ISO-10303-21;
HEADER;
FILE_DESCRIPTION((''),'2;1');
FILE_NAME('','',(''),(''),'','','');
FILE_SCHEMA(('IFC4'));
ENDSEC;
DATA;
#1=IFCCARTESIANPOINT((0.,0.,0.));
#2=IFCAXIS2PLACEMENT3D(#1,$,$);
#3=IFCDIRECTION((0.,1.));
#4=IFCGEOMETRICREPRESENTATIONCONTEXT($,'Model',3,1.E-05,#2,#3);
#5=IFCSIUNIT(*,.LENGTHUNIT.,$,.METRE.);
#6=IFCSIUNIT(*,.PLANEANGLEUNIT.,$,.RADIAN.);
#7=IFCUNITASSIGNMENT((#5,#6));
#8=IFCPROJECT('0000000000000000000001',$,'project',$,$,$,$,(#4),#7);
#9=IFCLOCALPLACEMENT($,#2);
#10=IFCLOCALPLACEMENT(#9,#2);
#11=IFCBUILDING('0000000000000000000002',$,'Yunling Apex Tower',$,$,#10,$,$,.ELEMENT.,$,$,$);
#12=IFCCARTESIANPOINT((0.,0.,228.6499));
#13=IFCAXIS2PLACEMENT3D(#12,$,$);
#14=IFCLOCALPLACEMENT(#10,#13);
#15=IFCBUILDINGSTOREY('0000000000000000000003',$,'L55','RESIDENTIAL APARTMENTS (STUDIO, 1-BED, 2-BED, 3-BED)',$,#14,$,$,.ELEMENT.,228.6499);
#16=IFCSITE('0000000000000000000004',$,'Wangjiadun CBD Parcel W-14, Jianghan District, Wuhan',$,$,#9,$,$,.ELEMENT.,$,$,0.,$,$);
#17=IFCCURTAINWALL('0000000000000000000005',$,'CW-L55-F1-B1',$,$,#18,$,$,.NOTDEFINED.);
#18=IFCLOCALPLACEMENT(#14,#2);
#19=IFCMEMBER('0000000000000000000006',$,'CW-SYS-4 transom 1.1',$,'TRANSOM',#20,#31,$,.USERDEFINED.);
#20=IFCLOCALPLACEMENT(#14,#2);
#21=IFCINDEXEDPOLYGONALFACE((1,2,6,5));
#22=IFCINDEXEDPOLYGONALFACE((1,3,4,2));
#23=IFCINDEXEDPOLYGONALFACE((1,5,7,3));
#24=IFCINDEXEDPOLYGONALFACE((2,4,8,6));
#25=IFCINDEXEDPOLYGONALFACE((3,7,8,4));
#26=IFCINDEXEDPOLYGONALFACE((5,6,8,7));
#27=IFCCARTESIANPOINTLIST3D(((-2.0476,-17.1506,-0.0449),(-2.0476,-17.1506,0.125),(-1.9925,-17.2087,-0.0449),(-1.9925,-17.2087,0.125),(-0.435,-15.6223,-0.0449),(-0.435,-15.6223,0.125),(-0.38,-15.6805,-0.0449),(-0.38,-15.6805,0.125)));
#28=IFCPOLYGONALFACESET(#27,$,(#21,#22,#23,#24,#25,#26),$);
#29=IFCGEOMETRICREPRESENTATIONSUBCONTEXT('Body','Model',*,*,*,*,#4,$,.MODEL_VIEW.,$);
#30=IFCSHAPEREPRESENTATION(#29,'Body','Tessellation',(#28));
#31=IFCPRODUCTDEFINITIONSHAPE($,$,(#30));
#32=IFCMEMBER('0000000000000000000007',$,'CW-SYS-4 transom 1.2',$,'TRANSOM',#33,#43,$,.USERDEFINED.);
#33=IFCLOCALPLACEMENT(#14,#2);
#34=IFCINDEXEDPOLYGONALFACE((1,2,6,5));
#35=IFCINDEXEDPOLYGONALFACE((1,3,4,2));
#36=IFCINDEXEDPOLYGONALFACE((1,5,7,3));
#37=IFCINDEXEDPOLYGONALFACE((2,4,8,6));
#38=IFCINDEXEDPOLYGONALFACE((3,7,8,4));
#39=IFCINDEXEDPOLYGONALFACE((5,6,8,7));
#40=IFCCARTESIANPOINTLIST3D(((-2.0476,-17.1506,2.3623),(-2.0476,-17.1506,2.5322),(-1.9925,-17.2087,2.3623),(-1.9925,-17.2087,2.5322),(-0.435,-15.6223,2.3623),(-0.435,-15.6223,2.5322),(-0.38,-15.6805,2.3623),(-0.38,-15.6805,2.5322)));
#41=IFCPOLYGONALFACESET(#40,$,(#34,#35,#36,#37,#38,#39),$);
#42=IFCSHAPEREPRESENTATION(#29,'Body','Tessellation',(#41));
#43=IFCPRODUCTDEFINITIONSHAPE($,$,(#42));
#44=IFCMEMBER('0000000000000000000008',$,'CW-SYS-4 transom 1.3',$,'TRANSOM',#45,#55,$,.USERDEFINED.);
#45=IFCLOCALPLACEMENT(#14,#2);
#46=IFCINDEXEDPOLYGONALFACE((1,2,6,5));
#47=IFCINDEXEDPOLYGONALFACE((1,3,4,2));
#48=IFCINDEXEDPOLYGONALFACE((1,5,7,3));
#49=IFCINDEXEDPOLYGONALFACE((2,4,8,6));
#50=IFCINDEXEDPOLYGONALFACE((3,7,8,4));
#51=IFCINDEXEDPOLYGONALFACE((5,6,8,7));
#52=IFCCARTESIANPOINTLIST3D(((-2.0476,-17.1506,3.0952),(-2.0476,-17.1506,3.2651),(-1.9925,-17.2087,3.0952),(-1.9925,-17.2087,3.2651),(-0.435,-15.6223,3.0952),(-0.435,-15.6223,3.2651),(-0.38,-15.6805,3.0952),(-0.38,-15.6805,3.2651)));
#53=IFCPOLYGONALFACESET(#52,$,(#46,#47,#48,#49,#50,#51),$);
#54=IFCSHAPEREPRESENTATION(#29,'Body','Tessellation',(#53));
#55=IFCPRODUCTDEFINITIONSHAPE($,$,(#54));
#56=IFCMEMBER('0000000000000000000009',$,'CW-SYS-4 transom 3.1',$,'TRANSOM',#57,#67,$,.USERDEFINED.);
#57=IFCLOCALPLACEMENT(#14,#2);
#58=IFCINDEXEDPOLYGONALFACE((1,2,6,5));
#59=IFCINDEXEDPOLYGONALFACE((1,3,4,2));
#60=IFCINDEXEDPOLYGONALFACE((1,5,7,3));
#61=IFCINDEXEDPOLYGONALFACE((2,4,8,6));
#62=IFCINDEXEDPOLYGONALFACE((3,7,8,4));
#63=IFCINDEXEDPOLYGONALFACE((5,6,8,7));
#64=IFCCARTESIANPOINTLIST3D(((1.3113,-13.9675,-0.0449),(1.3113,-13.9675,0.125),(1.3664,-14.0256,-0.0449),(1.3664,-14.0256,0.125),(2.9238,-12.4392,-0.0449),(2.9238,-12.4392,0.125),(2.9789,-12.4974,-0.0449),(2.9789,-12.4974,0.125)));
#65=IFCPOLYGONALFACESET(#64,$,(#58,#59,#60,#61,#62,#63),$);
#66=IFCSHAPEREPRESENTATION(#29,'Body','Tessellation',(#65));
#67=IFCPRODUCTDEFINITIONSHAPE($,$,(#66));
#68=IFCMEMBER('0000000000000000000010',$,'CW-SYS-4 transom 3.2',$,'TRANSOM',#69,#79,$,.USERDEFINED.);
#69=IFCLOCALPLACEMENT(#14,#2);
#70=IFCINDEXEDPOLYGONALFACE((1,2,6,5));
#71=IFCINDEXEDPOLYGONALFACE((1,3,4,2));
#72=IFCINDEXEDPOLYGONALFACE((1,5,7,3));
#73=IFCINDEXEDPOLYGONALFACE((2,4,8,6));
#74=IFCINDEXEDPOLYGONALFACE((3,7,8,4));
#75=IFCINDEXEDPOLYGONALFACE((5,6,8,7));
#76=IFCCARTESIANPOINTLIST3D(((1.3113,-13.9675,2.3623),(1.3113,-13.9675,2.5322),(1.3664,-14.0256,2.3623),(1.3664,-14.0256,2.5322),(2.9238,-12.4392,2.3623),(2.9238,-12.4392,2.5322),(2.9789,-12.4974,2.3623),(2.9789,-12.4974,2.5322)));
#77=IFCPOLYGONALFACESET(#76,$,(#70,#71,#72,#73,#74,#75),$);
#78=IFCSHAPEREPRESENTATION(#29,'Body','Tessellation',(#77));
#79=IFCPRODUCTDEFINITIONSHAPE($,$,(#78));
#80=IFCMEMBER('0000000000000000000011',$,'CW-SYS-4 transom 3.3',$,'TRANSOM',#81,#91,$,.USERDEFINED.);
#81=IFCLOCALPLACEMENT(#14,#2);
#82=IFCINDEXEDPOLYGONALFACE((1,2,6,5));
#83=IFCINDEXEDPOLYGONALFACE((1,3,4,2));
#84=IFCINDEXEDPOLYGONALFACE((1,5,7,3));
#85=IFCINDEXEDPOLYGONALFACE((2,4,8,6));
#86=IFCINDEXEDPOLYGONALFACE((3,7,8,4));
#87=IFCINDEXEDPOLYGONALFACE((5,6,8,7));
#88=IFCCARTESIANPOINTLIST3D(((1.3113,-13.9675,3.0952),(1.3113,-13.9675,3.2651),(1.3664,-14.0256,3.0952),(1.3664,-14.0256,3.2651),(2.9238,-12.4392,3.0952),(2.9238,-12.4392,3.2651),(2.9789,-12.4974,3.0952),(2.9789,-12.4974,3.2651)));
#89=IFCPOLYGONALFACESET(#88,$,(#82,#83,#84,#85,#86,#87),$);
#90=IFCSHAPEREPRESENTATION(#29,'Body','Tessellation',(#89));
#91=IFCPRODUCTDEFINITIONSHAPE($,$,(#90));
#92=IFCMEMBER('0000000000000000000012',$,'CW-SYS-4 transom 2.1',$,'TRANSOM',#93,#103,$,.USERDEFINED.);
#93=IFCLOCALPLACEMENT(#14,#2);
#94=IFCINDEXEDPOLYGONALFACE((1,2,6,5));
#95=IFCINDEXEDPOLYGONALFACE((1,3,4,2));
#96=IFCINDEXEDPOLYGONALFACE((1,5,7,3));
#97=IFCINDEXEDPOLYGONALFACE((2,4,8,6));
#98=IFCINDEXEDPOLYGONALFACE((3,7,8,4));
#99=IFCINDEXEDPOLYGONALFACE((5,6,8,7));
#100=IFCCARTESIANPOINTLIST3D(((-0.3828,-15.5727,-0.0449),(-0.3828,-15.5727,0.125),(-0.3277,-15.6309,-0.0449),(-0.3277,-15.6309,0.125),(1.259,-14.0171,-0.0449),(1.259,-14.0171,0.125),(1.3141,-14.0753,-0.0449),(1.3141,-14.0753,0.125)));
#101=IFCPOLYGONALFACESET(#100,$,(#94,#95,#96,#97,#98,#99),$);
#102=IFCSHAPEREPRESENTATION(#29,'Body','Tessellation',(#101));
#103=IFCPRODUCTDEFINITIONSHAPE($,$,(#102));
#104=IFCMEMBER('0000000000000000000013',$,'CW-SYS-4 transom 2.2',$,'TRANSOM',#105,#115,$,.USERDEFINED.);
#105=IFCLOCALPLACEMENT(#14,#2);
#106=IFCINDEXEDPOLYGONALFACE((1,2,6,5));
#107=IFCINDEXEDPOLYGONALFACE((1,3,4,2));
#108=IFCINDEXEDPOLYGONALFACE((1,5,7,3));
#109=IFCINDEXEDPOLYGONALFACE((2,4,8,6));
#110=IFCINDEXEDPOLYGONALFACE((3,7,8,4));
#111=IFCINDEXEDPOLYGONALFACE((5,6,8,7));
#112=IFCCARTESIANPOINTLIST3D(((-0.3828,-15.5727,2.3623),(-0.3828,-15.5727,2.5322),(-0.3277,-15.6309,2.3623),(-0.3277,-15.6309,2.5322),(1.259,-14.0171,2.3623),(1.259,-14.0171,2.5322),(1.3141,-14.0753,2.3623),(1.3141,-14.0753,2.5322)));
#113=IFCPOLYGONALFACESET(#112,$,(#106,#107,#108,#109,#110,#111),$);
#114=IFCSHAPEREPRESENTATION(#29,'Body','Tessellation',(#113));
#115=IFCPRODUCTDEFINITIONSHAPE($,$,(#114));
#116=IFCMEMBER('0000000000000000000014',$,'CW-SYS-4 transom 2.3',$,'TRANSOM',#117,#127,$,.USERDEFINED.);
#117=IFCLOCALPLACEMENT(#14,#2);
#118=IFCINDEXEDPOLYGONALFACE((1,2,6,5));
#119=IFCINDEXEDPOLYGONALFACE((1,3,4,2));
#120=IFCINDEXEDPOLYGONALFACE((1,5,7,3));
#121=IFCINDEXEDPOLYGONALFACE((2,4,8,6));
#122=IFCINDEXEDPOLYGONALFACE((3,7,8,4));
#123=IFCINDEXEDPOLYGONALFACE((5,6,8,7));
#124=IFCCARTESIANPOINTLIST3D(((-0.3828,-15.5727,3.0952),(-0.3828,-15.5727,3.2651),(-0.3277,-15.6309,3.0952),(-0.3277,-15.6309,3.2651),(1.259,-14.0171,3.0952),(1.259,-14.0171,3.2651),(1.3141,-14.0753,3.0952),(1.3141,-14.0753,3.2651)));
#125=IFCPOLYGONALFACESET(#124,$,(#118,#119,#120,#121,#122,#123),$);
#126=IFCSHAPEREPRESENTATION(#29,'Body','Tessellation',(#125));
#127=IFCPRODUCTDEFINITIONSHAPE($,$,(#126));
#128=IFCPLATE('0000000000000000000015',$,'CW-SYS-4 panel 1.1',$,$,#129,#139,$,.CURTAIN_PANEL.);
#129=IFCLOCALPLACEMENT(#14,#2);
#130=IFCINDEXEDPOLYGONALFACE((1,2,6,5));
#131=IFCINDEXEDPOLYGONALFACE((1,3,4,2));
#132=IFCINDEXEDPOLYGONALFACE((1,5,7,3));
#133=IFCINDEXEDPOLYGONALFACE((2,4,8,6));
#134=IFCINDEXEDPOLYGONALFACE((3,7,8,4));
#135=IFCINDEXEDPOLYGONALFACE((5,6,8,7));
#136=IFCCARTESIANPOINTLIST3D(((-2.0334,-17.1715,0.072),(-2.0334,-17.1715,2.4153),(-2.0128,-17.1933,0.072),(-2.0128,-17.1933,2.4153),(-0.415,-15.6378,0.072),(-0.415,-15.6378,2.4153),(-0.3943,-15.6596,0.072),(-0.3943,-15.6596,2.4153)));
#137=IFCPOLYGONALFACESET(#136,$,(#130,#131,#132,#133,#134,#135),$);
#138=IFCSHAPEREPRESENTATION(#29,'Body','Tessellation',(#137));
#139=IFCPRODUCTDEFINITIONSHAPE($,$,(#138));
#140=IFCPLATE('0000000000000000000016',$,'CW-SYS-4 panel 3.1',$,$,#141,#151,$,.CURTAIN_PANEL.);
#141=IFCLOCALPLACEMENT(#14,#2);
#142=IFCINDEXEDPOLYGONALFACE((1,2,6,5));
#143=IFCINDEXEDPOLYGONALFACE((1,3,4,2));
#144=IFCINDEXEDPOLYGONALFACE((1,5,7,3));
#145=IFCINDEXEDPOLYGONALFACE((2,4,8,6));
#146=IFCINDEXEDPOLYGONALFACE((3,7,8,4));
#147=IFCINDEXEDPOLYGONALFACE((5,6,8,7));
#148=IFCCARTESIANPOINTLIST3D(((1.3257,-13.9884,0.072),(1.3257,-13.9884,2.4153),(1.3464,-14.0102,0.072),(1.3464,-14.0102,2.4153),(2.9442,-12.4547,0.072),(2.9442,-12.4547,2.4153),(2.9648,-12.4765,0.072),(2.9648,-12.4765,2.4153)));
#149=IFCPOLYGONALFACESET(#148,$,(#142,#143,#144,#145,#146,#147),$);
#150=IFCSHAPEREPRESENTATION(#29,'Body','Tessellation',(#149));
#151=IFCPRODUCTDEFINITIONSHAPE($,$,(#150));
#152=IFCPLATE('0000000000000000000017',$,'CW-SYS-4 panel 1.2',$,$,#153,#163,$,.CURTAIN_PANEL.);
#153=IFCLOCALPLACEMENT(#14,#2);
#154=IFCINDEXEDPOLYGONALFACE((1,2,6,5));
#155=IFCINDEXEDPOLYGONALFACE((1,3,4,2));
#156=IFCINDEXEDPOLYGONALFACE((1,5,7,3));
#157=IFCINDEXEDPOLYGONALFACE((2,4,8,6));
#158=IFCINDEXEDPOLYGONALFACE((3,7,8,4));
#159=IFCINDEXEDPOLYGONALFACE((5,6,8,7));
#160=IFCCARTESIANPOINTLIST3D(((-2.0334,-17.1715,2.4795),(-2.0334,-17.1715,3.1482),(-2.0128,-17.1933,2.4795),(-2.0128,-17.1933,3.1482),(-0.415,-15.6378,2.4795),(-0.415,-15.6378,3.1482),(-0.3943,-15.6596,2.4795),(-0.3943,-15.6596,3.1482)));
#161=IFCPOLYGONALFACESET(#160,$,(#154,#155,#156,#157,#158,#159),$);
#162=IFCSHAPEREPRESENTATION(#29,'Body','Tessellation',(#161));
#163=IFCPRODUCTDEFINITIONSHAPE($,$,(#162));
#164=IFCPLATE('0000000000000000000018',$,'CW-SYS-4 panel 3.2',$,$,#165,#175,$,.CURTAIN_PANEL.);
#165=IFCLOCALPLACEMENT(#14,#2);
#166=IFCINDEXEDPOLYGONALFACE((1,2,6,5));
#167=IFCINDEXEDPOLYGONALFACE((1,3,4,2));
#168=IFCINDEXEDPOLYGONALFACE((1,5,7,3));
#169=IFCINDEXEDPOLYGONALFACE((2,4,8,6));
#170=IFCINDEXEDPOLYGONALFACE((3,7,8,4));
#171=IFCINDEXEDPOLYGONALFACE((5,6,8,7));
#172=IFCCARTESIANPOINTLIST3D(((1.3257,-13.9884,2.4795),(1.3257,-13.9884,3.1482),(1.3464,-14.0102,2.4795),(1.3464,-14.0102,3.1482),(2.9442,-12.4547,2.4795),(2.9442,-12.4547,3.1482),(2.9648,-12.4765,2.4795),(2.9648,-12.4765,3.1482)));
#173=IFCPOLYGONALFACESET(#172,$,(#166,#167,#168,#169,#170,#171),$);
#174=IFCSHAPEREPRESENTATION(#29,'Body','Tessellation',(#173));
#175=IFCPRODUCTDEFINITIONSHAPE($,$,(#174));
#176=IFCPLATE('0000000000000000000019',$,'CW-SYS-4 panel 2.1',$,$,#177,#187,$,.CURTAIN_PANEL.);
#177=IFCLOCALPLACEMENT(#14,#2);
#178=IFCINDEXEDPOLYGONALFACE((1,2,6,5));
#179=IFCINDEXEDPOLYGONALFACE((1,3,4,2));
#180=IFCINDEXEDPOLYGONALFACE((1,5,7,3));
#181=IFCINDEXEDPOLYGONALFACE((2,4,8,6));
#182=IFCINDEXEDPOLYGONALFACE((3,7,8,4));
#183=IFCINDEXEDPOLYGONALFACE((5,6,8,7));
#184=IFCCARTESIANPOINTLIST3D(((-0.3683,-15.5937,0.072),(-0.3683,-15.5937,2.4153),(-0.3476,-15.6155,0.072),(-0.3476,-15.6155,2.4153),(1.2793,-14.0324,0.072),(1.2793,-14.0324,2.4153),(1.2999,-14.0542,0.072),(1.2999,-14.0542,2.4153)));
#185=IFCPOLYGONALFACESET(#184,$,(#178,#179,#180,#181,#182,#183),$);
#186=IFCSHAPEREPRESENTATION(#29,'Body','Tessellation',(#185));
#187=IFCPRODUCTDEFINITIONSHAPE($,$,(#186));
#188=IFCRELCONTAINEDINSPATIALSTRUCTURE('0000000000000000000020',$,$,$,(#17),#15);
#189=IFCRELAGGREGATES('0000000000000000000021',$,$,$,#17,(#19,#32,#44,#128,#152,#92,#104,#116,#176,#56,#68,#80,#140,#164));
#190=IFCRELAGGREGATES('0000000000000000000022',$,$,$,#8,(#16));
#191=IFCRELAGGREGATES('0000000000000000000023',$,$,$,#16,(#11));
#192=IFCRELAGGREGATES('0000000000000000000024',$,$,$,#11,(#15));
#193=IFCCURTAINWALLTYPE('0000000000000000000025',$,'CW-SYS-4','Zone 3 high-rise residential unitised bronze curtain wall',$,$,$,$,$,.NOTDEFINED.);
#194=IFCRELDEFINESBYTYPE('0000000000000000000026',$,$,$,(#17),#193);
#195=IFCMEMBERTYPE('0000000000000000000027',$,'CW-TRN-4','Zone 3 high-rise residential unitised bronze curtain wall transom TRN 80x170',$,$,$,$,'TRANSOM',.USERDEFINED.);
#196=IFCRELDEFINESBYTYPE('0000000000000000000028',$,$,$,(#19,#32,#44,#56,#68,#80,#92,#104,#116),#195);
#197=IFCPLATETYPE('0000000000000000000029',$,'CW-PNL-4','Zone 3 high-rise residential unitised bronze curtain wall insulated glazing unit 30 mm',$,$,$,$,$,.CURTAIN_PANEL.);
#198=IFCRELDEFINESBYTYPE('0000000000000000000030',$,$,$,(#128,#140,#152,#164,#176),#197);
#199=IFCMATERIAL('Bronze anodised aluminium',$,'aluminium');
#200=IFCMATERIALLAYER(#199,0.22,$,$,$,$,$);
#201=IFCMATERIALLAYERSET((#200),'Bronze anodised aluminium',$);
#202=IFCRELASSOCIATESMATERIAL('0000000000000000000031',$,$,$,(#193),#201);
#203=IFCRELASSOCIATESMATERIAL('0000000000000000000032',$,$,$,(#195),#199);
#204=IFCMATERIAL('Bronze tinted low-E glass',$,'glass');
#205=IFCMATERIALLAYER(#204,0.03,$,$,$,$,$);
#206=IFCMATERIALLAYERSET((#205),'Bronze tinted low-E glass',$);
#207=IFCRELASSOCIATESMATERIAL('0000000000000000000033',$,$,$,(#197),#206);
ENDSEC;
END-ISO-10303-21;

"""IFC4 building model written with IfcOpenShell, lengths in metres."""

from ifc_helpers import new_model, si_unit, direction, frame, origin, origin_2d, place, context, subcontext, project, spatial, rectangle, extrude, source, transform, mapped, material, layer, layer_set, material_profile, profile_set, type_object, element, aggregate, save


model = new_model("IFC4")

# Units and contexts
model_context = context("Model", 3, precision=1e-05, world=origin(), true_north=direction((0.0, 1.0)))
body_context = subcontext(model_context, "Body", "Model", "MODEL_VIEW")
ifc_project = project(units=[si_unit("LENGTHUNIT", "METRE"), si_unit("PLANEANGLEUNIT", "RADIAN")], contexts=[model_context])

# Site, building, storey
site_placement = place(None, origin())
site = spatial("IfcSite", under=ifc_project, at=site_placement, Name="Wangjiadun CBD Parcel W-14, Jianghan District, Wuhan", CompositionType="ELEMENT", RefElevation=0.0)
building_placement = place(site_placement, origin())
building = spatial("IfcBuilding", under=site, at=building_placement, Name="Yunling Apex Tower", CompositionType="ELEMENT")
storey_placement = place(building_placement, frame((0.0, 0.0, 228.6499)))
storey = spatial("IfcBuildingStorey", under=building, at=storey_placement, Name="L55", Description="RESIDENTIAL APARTMENTS (STUDIO, 1-BED, 2-BED, 3-BED)", CompositionType="ELEMENT", Elevation=228.6499)

# Curtain wall
ifc_material_1 = material(Name="Bronze anodised aluminium", Category="aluminium")
ifc_layer_1 = layer(ifc_material_1, 0.22)
ifc_layer_set_1 = layer_set([ifc_layer_1], Name="Bronze anodised aluminium")
curtain_wall_type = type_object("IfcCurtainWallType", Name="CW-SYS-4", Description="Zone 3 high-rise residential unitised bronze curtain wall", PredefinedType="NOTDEFINED", material=ifc_layer_set_1)
curtain_wall_1_placement = place(storey_placement, origin())
curtain_wall_1 = element("IfcCurtainWall", 1, at=curtain_wall_1_placement, inside=storey, type_object=curtain_wall_type, Name="CW-L55-F1-B1", PredefinedType="NOTDEFINED")

# Members
ifc_material_profile_1 = material_profile(ifc_material_1, rectangle(XDim=0.0801, YDim=0.1699, at=origin_2d()))
ifc_profile_set_1 = profile_set([ifc_material_profile_1], Name="Bronze anodised aluminium")
member_type_1 = type_object("IfcMemberType", Name="CW-TRN-4", Description="Zone 3 high-rise residential unitised bronze curtain wall transom TRN 80x170", ElementType="TRANSOM", PredefinedType="USERDEFINED", material=ifc_profile_set_1)
shared_shape_1 = source(origin(), body_context, "Body", "SweptSolid", [
    extrude(rectangle(XDim=0.0801, YDim=0.1699, at=origin_2d()), origin(), (0.0, 0.0, 1.0), 2.2217),
])
member_1_placement = place(storey_placement, frame((-2.02, -17.1797, 0.04), z_axis=(0.725808, 0.687897, 0.0), x_axis=(-0.687897, 0.725808, 0.0)))
member_1 = element("IfcMember", 2, at=member_1_placement, type_object=member_type_1, Name="CW-SYS-4 transom 1.1", ObjectType="TRANSOM", PredefinedType="USERDEFINED", context=body_context, shape_type="MappedRepresentation", body=[
    mapped(shared_shape_1, transform((0.0, 0.0, 0.0), scale=1.0)),
])
member_2_placement = place(storey_placement, frame((-2.02, -17.1797, 2.4473), z_axis=(0.725808, 0.687897, 0.0), x_axis=(-0.687897, 0.725808, 0.0)))
member_2 = element("IfcMember", 3, at=member_2_placement, type_object=member_type_1, Name="CW-SYS-4 transom 1.2", ObjectType="TRANSOM", PredefinedType="USERDEFINED", context=body_context, shape_type="MappedRepresentation", body=[
    mapped(shared_shape_1, transform((0.0, 0.0, 0.0), scale=1.0)),
])
member_3_placement = place(storey_placement, frame((-2.02, -17.1797, 3.1802), z_axis=(0.725808, 0.687897, 0.0), x_axis=(-0.687897, 0.725808, 0.0)))
member_3 = element("IfcMember", 4, at=member_3_placement, type_object=member_type_1, Name="CW-SYS-4 transom 1.3", ObjectType="TRANSOM", PredefinedType="USERDEFINED", context=body_context, shape_type="MappedRepresentation", body=[
    mapped(shared_shape_1, transform((0.0, 0.0, 0.0), scale=1.0)),
])
member_4_placement = place(storey_placement, frame((1.3389, -13.9966, 0.04), z_axis=(0.725808, 0.687897, 0.0), x_axis=(-0.687897, 0.725808, 0.0)))
member_4 = element("IfcMember", 5, at=member_4_placement, type_object=member_type_1, Name="CW-SYS-4 transom 3.1", ObjectType="TRANSOM", PredefinedType="USERDEFINED", context=body_context, shape_type="MappedRepresentation", body=[
    mapped(shared_shape_1, transform((0.0, 0.0, 0.0), scale=1.0)),
])
member_5_placement = place(storey_placement, frame((1.3389, -13.9966, 2.4473), z_axis=(0.725808, 0.687897, 0.0), x_axis=(-0.687897, 0.725808, 0.0)))
member_5 = element("IfcMember", 6, at=member_5_placement, type_object=member_type_1, Name="CW-SYS-4 transom 3.2", ObjectType="TRANSOM", PredefinedType="USERDEFINED", context=body_context, shape_type="MappedRepresentation", body=[
    mapped(shared_shape_1, transform((0.0, 0.0, 0.0), scale=1.0)),
])
member_6_placement = place(storey_placement, frame((1.3389, -13.9966, 3.1802), z_axis=(0.725808, 0.687897, 0.0), x_axis=(-0.687897, 0.725808, 0.0)))
member_6 = element("IfcMember", 7, at=member_6_placement, type_object=member_type_1, Name="CW-SYS-4 transom 3.3", ObjectType="TRANSOM", PredefinedType="USERDEFINED", context=body_context, shape_type="MappedRepresentation", body=[
    mapped(shared_shape_1, transform((0.0, 0.0, 0.0), scale=1.0)),
])
shared_shape_2 = source(origin(), body_context, "Body", "SweptSolid", [
    extrude(rectangle(XDim=0.0801, YDim=0.1699, at=origin_2d()), origin(), (0.0, 0.0, 1.0), 2.2617),
])
member_7_placement = place(storey_placement, frame((-0.3552, -15.6018, 0.04), z_axis=(0.725902, 0.687799, 0.0), x_axis=(-0.687799, 0.725902, 0.0)))
member_7 = element("IfcMember", 8, at=member_7_placement, type_object=member_type_1, Name="CW-SYS-4 transom 2.1", ObjectType="TRANSOM", PredefinedType="USERDEFINED", context=body_context, shape_type="MappedRepresentation", body=[
    mapped(shared_shape_2, transform((0.0, 0.0, 0.0), scale=1.0)),
])
member_8_placement = place(storey_placement, frame((-0.3552, -15.6018, 2.4473), z_axis=(0.725902, 0.687799, 0.0), x_axis=(-0.687799, 0.725902, 0.0)))
member_8 = element("IfcMember", 9, at=member_8_placement, type_object=member_type_1, Name="CW-SYS-4 transom 2.2", ObjectType="TRANSOM", PredefinedType="USERDEFINED", context=body_context, shape_type="MappedRepresentation", body=[
    mapped(shared_shape_2, transform((0.0, 0.0, 0.0), scale=1.0)),
])
member_9_placement = place(storey_placement, frame((-0.3552, -15.6018, 3.1802), z_axis=(0.725902, 0.687799, 0.0), x_axis=(-0.687799, 0.725902, 0.0)))
member_9 = element("IfcMember", 10, at=member_9_placement, type_object=member_type_1, Name="CW-SYS-4 transom 2.3", ObjectType="TRANSOM", PredefinedType="USERDEFINED", context=body_context, shape_type="MappedRepresentation", body=[
    mapped(shared_shape_2, transform((0.0, 0.0, 0.0), scale=1.0)),
])

# Plates
ifc_material_2 = material(Name="Bronze tinted low-E glass", Category="glass")
ifc_layer_2 = layer(ifc_material_2, 0.03)
ifc_layer_set_2 = layer_set([ifc_layer_2], Name="Bronze tinted low-E glass")
plate_type = type_object("IfcPlateType", Name="CW-PNL-4", Description="Zone 3 high-rise residential unitised bronze curtain wall insulated glazing unit 30 mm", PredefinedType="CURTAIN_PANEL", material=ifc_layer_set_2)
shared_shape_3 = source(origin(), body_context, "Body", "SweptSolid", [
    extrude(rectangle(XDim=2.2297, YDim=0.03, at=origin_2d()), origin(), (0.0, 0.0, 1.0), 2.3433),
])
plate_1_placement = place(storey_placement, frame((-1.2139, -16.4155, 0.072), z_axis=(0.0, 0.0, 1.0), x_axis=(0.725855, 0.687848, 0.0)))
plate_1 = element("IfcPlate", 11, at=plate_1_placement, type_object=plate_type, Name="CW-SYS-4 panel 1.1", PredefinedType="CURTAIN_PANEL", context=body_context, shape_type="MappedRepresentation", body=[
    mapped(shared_shape_3, transform((0.0, 0.0, 0.0), scale=1.0)),
])
plate_2_placement = place(storey_placement, frame((2.1453, -13.2324, 0.072), z_axis=(0.0, 0.0, 1.0), x_axis=(0.725855, 0.687848, 0.0)))
plate_2 = element("IfcPlate", 12, at=plate_2_placement, type_object=plate_type, Name="CW-SYS-4 panel 3.1", PredefinedType="CURTAIN_PANEL", context=body_context, shape_type="MappedRepresentation", body=[
    mapped(shared_shape_3, transform((0.0, 0.0, 0.0), scale=1.0)),
])
shared_shape_4 = source(origin(), body_context, "Body", "SweptSolid", [
    extrude(rectangle(XDim=2.2297, YDim=0.03, at=origin_2d()), origin(), (0.0, 0.0, 1.0), 0.6687),
])
plate_3_placement = place(storey_placement, frame((-1.2139, -16.4155, 2.4795), z_axis=(0.0, 0.0, 1.0), x_axis=(0.725855, 0.687848, 0.0)))
plate_3 = element("IfcPlate", 13, at=plate_3_placement, type_object=plate_type, Name="CW-SYS-4 panel 1.2", PredefinedType="CURTAIN_PANEL", context=body_context, shape_type="MappedRepresentation", body=[
    mapped(shared_shape_4, transform((0.0, 0.0, 0.0), scale=1.0)),
])
plate_4_placement = place(storey_placement, frame((2.1453, -13.2324, 2.4795), z_axis=(0.0, 0.0, 1.0), x_axis=(0.725855, 0.687848, 0.0)))
plate_4 = element("IfcPlate", 14, at=plate_4_placement, type_object=plate_type, Name="CW-SYS-4 panel 3.2", PredefinedType="CURTAIN_PANEL", context=body_context, shape_type="MappedRepresentation", body=[
    mapped(shared_shape_4, transform((0.0, 0.0, 0.0), scale=1.0)),
])
shared_shape_5 = source(origin(), body_context, "Body", "SweptSolid", [
    extrude(rectangle(XDim=2.2698, YDim=0.03, at=origin_2d()), origin(), (0.0, 0.0, 1.0), 2.3433),
])
plate_5_placement = place(storey_placement, frame((0.4658, -14.824, 0.072), z_axis=(0.0, 0.0, 1.0), x_axis=(0.725855, 0.687848, 0.0)))
plate_5 = element("IfcPlate", 15, at=plate_5_placement, type_object=plate_type, Name="CW-SYS-4 panel 2.1", PredefinedType="CURTAIN_PANEL", context=body_context, shape_type="MappedRepresentation", body=[
    mapped(shared_shape_5, transform((0.0, 0.0, 0.0), scale=1.0)),
])
aggregate(curtain_wall_1, [member_1, member_2, member_3, plate_1, plate_3, member_7, member_8, member_9, plate_5, member_4, member_5, member_6, plate_2, plate_4])

save(model, "model.ifc")
